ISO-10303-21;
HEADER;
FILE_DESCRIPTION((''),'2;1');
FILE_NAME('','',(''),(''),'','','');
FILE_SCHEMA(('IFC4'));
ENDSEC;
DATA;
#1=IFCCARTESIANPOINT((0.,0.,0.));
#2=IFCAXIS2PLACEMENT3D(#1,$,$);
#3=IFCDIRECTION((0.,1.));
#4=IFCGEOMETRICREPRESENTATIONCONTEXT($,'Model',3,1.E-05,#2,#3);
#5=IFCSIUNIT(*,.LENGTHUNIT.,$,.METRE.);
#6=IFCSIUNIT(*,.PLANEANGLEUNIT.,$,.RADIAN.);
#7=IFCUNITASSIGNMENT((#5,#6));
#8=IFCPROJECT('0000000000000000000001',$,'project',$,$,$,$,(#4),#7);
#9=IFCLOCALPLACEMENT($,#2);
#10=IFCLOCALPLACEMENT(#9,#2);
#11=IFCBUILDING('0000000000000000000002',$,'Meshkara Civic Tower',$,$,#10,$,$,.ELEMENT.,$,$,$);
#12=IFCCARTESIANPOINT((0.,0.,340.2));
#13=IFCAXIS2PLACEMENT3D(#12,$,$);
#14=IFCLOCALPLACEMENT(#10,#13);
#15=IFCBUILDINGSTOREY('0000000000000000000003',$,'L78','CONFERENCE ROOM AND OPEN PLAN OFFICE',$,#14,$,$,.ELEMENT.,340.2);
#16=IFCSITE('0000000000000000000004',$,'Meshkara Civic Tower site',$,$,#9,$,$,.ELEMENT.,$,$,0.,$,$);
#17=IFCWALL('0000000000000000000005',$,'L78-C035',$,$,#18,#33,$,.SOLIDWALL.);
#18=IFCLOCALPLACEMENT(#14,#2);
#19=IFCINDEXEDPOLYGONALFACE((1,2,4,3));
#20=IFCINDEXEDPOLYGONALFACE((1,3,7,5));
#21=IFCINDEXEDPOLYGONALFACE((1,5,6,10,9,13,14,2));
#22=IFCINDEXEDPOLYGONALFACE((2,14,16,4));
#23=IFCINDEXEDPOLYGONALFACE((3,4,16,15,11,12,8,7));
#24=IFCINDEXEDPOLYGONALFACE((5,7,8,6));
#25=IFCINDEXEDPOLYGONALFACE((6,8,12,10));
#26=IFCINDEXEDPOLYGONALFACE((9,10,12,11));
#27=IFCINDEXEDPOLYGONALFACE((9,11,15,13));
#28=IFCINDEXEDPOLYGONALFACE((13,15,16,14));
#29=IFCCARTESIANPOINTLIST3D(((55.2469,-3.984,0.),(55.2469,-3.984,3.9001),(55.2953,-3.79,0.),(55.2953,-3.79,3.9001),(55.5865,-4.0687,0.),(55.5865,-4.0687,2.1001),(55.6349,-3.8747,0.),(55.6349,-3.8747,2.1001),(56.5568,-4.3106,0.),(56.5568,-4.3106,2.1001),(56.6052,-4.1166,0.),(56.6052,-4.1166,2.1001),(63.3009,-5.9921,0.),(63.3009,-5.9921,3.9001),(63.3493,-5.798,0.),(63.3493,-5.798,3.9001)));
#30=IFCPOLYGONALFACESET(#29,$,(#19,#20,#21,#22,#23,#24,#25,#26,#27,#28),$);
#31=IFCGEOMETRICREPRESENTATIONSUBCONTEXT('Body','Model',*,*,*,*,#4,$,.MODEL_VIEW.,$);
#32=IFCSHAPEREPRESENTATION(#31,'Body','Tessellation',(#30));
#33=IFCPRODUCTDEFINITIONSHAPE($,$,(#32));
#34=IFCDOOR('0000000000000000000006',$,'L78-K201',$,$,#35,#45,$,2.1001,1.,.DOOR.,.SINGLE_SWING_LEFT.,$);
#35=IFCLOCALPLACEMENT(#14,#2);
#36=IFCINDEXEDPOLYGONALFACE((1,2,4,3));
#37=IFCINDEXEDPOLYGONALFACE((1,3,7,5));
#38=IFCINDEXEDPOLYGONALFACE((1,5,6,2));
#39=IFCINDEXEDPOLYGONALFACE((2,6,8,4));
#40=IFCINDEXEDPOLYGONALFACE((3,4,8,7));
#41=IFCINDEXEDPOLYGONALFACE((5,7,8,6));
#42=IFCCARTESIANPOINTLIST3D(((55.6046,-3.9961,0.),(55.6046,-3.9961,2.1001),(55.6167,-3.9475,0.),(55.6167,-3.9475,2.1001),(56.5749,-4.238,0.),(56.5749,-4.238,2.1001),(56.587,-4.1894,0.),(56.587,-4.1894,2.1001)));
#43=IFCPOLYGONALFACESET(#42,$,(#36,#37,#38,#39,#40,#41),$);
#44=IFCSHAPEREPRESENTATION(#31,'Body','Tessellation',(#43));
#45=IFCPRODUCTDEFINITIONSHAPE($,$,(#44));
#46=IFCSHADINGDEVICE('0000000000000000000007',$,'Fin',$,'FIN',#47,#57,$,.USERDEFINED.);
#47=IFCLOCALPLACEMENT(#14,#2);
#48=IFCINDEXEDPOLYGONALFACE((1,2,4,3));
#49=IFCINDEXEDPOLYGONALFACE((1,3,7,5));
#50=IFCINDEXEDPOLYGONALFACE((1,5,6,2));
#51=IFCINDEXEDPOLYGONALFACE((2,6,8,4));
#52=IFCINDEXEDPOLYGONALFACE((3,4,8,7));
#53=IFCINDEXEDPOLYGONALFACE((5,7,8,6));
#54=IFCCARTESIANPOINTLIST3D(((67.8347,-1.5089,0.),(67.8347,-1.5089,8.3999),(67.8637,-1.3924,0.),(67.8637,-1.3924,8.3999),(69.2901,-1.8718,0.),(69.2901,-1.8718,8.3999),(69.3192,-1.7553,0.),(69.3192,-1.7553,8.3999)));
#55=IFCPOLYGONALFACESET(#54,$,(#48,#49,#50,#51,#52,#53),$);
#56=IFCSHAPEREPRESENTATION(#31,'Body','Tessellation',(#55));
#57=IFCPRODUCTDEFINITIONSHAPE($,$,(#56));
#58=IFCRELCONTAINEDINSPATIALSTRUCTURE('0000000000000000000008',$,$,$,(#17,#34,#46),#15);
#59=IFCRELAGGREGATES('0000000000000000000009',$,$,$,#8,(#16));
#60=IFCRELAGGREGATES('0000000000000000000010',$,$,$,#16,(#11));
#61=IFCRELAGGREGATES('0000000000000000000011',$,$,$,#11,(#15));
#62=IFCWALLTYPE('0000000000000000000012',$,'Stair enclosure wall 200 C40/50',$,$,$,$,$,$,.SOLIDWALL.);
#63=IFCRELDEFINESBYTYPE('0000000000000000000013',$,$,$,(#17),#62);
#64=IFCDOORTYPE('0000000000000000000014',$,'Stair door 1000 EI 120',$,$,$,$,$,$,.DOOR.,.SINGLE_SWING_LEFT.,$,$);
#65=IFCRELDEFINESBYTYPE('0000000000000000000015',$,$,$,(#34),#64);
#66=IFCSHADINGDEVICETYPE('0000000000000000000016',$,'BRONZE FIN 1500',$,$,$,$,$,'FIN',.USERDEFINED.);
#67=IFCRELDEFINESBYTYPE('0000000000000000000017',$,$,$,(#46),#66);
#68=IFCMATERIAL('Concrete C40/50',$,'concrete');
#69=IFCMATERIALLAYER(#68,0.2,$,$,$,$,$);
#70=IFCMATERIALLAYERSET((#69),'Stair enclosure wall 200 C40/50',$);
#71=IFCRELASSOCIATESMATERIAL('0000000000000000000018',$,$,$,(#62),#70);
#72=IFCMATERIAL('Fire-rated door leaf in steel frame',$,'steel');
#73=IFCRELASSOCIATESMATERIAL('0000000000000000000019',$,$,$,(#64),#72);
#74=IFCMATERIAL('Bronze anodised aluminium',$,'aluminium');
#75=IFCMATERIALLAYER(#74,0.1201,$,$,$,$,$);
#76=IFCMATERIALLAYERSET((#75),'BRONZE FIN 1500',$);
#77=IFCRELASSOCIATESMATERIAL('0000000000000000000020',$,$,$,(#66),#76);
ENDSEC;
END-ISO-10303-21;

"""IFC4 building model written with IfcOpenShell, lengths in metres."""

from ifc_helpers import new_model, si_unit, direction, frame, frame_2d, origin, origin_2d, place, context, subcontext, project, spatial, rectangle, extrude, material, layer, layer_set, type_object, element, fill, save


model = new_model("IFC4")

# Units and contexts
model_context = context("Model", 3, precision=1e-05, world=origin(), true_north=direction((0.0, 1.0)))
body_context = subcontext(model_context, "Body", "Model", "MODEL_VIEW")
ifc_project = project(units=[si_unit("LENGTHUNIT", "METRE"), si_unit("PLANEANGLEUNIT", "RADIAN")], contexts=[model_context])

# Site, building, storey
site_placement = place(None, origin())
site = spatial("IfcSite", under=ifc_project, at=site_placement, Name="Meshkara Civic Tower site", CompositionType="ELEMENT", RefElevation=0.0)
building_placement = place(site_placement, origin())
building = spatial("IfcBuilding", under=site, at=building_placement, Name="Meshkara Civic Tower", CompositionType="ELEMENT")
storey_placement = place(building_placement, frame((0.0, 0.0, 340.2)))
storey = spatial("IfcBuildingStorey", under=building, at=storey_placement, Name="L78", Description="CONFERENCE ROOM AND OPEN PLAN OFFICE", CompositionType="ELEMENT", Elevation=340.2)

# Wall, opening, door
ifc_material_1 = material(Name="Concrete C40/50", Category="concrete")
ifc_layer_1 = layer(ifc_material_1, 0.2)
ifc_layer_set_1 = layer_set([ifc_layer_1], Name="Stair enclosure wall 200 C40/50")
wall_type_1 = type_object("IfcWallType", Name="Stair enclosure wall 200 C40/50", PredefinedType="SOLIDWALL", material=ifc_layer_set_1)
wall_1_placement = place(storey_placement, frame((55.271, -3.887, 0.0), z_axis=(0.0, 0.0, 1.0), x_axis=(0.970296, -0.24192, 0.0)))
wall_1 = element("IfcWall", 1, at=wall_1_placement, inside=storey, type_object=wall_type_1, Name="L78-C035", PredefinedType="SOLIDWALL", context=body_context, shape_type="SweptSolid", body=[
    extrude(rectangle(XDim=8.3005, YDim=0.2, at=frame_2d((4.1504, 0.0))), origin(), (0.0, 0.0, 1.0), 3.9001),
])
opening_1_placement = place(wall_1_placement, frame((0.3501, 0.0, 0.0)))
opening_1 = element("IfcOpeningElement", 2, at=opening_1_placement, cuts=wall_1, PredefinedType="OPENING", context=body_context, shape_type="SweptSolid", body=[
    extrude(rectangle(XDim=1.0, YDim=2.1001, at=frame_2d((0.5, 1.05))), frame((0.0, 0.1099, 0.0), z_axis=(0.0, -1.0, 0.0), x_axis=(1.0, 0.0, 0.0)), (0.0, 0.0, 1.0), 0.22),
])
ifc_material_2 = material(Name="Fire-rated door leaf in steel frame", Category="steel")
door_type_1 = type_object("IfcDoorType", Name="Stair door 1000 EI 120", OperationType="SINGLE_SWING_LEFT", PredefinedType="DOOR", material=ifc_material_2)
door_1_placement = place(opening_1_placement, origin())
door_1 = element("IfcDoor", 3, at=door_1_placement, inside=storey, type_object=door_type_1, Name="L78-K201", OperationType="SINGLE_SWING_LEFT", OverallHeight=2.1001, OverallWidth=1.0, PredefinedType="DOOR", context=body_context, shape_type="SweptSolid", body=[
    extrude(rectangle(XDim=1.0, YDim=2.1001, at=frame_2d((0.5, 1.05))), frame((0.0, 0.0249, 0.0), z_axis=(0.0, -1.0, 0.0), x_axis=(1.0, 0.0, 0.0)), (0.0, 0.0, 1.0), 0.05),
])
fill(opening_1, door_1)

# Shading device
ifc_material_3 = material(Name="Bronze anodised aluminium", Category="aluminium")
ifc_layer_2 = layer(ifc_material_3, 0.1201)
ifc_layer_set_2 = layer_set([ifc_layer_2], Name="BRONZE FIN 1500")
shading_device_type = type_object("IfcShadingDeviceType", Name="BRONZE FIN 1500", ElementType="FIN", PredefinedType="USERDEFINED", material=ifc_layer_set_2)
shading_device_placement = place(storey_placement, frame((68.5769, -1.6321, 0.0), z_axis=(0.0, 0.0, 1.0), x_axis=(0.241939, 0.970292, 0.0)))
element("IfcShadingDevice", 4, at=shading_device_placement, inside=storey, type_object=shading_device_type, Name="Fin", ObjectType="FIN", PredefinedType="USERDEFINED", context=body_context, shape_type="SweptSolid", body=[
    extrude(rectangle(XDim=0.1201, YDim=1.5, at=origin_2d()), origin(), (0.0, 0.0, 1.0), 8.3999),
])

save(model, "model.ifc")
